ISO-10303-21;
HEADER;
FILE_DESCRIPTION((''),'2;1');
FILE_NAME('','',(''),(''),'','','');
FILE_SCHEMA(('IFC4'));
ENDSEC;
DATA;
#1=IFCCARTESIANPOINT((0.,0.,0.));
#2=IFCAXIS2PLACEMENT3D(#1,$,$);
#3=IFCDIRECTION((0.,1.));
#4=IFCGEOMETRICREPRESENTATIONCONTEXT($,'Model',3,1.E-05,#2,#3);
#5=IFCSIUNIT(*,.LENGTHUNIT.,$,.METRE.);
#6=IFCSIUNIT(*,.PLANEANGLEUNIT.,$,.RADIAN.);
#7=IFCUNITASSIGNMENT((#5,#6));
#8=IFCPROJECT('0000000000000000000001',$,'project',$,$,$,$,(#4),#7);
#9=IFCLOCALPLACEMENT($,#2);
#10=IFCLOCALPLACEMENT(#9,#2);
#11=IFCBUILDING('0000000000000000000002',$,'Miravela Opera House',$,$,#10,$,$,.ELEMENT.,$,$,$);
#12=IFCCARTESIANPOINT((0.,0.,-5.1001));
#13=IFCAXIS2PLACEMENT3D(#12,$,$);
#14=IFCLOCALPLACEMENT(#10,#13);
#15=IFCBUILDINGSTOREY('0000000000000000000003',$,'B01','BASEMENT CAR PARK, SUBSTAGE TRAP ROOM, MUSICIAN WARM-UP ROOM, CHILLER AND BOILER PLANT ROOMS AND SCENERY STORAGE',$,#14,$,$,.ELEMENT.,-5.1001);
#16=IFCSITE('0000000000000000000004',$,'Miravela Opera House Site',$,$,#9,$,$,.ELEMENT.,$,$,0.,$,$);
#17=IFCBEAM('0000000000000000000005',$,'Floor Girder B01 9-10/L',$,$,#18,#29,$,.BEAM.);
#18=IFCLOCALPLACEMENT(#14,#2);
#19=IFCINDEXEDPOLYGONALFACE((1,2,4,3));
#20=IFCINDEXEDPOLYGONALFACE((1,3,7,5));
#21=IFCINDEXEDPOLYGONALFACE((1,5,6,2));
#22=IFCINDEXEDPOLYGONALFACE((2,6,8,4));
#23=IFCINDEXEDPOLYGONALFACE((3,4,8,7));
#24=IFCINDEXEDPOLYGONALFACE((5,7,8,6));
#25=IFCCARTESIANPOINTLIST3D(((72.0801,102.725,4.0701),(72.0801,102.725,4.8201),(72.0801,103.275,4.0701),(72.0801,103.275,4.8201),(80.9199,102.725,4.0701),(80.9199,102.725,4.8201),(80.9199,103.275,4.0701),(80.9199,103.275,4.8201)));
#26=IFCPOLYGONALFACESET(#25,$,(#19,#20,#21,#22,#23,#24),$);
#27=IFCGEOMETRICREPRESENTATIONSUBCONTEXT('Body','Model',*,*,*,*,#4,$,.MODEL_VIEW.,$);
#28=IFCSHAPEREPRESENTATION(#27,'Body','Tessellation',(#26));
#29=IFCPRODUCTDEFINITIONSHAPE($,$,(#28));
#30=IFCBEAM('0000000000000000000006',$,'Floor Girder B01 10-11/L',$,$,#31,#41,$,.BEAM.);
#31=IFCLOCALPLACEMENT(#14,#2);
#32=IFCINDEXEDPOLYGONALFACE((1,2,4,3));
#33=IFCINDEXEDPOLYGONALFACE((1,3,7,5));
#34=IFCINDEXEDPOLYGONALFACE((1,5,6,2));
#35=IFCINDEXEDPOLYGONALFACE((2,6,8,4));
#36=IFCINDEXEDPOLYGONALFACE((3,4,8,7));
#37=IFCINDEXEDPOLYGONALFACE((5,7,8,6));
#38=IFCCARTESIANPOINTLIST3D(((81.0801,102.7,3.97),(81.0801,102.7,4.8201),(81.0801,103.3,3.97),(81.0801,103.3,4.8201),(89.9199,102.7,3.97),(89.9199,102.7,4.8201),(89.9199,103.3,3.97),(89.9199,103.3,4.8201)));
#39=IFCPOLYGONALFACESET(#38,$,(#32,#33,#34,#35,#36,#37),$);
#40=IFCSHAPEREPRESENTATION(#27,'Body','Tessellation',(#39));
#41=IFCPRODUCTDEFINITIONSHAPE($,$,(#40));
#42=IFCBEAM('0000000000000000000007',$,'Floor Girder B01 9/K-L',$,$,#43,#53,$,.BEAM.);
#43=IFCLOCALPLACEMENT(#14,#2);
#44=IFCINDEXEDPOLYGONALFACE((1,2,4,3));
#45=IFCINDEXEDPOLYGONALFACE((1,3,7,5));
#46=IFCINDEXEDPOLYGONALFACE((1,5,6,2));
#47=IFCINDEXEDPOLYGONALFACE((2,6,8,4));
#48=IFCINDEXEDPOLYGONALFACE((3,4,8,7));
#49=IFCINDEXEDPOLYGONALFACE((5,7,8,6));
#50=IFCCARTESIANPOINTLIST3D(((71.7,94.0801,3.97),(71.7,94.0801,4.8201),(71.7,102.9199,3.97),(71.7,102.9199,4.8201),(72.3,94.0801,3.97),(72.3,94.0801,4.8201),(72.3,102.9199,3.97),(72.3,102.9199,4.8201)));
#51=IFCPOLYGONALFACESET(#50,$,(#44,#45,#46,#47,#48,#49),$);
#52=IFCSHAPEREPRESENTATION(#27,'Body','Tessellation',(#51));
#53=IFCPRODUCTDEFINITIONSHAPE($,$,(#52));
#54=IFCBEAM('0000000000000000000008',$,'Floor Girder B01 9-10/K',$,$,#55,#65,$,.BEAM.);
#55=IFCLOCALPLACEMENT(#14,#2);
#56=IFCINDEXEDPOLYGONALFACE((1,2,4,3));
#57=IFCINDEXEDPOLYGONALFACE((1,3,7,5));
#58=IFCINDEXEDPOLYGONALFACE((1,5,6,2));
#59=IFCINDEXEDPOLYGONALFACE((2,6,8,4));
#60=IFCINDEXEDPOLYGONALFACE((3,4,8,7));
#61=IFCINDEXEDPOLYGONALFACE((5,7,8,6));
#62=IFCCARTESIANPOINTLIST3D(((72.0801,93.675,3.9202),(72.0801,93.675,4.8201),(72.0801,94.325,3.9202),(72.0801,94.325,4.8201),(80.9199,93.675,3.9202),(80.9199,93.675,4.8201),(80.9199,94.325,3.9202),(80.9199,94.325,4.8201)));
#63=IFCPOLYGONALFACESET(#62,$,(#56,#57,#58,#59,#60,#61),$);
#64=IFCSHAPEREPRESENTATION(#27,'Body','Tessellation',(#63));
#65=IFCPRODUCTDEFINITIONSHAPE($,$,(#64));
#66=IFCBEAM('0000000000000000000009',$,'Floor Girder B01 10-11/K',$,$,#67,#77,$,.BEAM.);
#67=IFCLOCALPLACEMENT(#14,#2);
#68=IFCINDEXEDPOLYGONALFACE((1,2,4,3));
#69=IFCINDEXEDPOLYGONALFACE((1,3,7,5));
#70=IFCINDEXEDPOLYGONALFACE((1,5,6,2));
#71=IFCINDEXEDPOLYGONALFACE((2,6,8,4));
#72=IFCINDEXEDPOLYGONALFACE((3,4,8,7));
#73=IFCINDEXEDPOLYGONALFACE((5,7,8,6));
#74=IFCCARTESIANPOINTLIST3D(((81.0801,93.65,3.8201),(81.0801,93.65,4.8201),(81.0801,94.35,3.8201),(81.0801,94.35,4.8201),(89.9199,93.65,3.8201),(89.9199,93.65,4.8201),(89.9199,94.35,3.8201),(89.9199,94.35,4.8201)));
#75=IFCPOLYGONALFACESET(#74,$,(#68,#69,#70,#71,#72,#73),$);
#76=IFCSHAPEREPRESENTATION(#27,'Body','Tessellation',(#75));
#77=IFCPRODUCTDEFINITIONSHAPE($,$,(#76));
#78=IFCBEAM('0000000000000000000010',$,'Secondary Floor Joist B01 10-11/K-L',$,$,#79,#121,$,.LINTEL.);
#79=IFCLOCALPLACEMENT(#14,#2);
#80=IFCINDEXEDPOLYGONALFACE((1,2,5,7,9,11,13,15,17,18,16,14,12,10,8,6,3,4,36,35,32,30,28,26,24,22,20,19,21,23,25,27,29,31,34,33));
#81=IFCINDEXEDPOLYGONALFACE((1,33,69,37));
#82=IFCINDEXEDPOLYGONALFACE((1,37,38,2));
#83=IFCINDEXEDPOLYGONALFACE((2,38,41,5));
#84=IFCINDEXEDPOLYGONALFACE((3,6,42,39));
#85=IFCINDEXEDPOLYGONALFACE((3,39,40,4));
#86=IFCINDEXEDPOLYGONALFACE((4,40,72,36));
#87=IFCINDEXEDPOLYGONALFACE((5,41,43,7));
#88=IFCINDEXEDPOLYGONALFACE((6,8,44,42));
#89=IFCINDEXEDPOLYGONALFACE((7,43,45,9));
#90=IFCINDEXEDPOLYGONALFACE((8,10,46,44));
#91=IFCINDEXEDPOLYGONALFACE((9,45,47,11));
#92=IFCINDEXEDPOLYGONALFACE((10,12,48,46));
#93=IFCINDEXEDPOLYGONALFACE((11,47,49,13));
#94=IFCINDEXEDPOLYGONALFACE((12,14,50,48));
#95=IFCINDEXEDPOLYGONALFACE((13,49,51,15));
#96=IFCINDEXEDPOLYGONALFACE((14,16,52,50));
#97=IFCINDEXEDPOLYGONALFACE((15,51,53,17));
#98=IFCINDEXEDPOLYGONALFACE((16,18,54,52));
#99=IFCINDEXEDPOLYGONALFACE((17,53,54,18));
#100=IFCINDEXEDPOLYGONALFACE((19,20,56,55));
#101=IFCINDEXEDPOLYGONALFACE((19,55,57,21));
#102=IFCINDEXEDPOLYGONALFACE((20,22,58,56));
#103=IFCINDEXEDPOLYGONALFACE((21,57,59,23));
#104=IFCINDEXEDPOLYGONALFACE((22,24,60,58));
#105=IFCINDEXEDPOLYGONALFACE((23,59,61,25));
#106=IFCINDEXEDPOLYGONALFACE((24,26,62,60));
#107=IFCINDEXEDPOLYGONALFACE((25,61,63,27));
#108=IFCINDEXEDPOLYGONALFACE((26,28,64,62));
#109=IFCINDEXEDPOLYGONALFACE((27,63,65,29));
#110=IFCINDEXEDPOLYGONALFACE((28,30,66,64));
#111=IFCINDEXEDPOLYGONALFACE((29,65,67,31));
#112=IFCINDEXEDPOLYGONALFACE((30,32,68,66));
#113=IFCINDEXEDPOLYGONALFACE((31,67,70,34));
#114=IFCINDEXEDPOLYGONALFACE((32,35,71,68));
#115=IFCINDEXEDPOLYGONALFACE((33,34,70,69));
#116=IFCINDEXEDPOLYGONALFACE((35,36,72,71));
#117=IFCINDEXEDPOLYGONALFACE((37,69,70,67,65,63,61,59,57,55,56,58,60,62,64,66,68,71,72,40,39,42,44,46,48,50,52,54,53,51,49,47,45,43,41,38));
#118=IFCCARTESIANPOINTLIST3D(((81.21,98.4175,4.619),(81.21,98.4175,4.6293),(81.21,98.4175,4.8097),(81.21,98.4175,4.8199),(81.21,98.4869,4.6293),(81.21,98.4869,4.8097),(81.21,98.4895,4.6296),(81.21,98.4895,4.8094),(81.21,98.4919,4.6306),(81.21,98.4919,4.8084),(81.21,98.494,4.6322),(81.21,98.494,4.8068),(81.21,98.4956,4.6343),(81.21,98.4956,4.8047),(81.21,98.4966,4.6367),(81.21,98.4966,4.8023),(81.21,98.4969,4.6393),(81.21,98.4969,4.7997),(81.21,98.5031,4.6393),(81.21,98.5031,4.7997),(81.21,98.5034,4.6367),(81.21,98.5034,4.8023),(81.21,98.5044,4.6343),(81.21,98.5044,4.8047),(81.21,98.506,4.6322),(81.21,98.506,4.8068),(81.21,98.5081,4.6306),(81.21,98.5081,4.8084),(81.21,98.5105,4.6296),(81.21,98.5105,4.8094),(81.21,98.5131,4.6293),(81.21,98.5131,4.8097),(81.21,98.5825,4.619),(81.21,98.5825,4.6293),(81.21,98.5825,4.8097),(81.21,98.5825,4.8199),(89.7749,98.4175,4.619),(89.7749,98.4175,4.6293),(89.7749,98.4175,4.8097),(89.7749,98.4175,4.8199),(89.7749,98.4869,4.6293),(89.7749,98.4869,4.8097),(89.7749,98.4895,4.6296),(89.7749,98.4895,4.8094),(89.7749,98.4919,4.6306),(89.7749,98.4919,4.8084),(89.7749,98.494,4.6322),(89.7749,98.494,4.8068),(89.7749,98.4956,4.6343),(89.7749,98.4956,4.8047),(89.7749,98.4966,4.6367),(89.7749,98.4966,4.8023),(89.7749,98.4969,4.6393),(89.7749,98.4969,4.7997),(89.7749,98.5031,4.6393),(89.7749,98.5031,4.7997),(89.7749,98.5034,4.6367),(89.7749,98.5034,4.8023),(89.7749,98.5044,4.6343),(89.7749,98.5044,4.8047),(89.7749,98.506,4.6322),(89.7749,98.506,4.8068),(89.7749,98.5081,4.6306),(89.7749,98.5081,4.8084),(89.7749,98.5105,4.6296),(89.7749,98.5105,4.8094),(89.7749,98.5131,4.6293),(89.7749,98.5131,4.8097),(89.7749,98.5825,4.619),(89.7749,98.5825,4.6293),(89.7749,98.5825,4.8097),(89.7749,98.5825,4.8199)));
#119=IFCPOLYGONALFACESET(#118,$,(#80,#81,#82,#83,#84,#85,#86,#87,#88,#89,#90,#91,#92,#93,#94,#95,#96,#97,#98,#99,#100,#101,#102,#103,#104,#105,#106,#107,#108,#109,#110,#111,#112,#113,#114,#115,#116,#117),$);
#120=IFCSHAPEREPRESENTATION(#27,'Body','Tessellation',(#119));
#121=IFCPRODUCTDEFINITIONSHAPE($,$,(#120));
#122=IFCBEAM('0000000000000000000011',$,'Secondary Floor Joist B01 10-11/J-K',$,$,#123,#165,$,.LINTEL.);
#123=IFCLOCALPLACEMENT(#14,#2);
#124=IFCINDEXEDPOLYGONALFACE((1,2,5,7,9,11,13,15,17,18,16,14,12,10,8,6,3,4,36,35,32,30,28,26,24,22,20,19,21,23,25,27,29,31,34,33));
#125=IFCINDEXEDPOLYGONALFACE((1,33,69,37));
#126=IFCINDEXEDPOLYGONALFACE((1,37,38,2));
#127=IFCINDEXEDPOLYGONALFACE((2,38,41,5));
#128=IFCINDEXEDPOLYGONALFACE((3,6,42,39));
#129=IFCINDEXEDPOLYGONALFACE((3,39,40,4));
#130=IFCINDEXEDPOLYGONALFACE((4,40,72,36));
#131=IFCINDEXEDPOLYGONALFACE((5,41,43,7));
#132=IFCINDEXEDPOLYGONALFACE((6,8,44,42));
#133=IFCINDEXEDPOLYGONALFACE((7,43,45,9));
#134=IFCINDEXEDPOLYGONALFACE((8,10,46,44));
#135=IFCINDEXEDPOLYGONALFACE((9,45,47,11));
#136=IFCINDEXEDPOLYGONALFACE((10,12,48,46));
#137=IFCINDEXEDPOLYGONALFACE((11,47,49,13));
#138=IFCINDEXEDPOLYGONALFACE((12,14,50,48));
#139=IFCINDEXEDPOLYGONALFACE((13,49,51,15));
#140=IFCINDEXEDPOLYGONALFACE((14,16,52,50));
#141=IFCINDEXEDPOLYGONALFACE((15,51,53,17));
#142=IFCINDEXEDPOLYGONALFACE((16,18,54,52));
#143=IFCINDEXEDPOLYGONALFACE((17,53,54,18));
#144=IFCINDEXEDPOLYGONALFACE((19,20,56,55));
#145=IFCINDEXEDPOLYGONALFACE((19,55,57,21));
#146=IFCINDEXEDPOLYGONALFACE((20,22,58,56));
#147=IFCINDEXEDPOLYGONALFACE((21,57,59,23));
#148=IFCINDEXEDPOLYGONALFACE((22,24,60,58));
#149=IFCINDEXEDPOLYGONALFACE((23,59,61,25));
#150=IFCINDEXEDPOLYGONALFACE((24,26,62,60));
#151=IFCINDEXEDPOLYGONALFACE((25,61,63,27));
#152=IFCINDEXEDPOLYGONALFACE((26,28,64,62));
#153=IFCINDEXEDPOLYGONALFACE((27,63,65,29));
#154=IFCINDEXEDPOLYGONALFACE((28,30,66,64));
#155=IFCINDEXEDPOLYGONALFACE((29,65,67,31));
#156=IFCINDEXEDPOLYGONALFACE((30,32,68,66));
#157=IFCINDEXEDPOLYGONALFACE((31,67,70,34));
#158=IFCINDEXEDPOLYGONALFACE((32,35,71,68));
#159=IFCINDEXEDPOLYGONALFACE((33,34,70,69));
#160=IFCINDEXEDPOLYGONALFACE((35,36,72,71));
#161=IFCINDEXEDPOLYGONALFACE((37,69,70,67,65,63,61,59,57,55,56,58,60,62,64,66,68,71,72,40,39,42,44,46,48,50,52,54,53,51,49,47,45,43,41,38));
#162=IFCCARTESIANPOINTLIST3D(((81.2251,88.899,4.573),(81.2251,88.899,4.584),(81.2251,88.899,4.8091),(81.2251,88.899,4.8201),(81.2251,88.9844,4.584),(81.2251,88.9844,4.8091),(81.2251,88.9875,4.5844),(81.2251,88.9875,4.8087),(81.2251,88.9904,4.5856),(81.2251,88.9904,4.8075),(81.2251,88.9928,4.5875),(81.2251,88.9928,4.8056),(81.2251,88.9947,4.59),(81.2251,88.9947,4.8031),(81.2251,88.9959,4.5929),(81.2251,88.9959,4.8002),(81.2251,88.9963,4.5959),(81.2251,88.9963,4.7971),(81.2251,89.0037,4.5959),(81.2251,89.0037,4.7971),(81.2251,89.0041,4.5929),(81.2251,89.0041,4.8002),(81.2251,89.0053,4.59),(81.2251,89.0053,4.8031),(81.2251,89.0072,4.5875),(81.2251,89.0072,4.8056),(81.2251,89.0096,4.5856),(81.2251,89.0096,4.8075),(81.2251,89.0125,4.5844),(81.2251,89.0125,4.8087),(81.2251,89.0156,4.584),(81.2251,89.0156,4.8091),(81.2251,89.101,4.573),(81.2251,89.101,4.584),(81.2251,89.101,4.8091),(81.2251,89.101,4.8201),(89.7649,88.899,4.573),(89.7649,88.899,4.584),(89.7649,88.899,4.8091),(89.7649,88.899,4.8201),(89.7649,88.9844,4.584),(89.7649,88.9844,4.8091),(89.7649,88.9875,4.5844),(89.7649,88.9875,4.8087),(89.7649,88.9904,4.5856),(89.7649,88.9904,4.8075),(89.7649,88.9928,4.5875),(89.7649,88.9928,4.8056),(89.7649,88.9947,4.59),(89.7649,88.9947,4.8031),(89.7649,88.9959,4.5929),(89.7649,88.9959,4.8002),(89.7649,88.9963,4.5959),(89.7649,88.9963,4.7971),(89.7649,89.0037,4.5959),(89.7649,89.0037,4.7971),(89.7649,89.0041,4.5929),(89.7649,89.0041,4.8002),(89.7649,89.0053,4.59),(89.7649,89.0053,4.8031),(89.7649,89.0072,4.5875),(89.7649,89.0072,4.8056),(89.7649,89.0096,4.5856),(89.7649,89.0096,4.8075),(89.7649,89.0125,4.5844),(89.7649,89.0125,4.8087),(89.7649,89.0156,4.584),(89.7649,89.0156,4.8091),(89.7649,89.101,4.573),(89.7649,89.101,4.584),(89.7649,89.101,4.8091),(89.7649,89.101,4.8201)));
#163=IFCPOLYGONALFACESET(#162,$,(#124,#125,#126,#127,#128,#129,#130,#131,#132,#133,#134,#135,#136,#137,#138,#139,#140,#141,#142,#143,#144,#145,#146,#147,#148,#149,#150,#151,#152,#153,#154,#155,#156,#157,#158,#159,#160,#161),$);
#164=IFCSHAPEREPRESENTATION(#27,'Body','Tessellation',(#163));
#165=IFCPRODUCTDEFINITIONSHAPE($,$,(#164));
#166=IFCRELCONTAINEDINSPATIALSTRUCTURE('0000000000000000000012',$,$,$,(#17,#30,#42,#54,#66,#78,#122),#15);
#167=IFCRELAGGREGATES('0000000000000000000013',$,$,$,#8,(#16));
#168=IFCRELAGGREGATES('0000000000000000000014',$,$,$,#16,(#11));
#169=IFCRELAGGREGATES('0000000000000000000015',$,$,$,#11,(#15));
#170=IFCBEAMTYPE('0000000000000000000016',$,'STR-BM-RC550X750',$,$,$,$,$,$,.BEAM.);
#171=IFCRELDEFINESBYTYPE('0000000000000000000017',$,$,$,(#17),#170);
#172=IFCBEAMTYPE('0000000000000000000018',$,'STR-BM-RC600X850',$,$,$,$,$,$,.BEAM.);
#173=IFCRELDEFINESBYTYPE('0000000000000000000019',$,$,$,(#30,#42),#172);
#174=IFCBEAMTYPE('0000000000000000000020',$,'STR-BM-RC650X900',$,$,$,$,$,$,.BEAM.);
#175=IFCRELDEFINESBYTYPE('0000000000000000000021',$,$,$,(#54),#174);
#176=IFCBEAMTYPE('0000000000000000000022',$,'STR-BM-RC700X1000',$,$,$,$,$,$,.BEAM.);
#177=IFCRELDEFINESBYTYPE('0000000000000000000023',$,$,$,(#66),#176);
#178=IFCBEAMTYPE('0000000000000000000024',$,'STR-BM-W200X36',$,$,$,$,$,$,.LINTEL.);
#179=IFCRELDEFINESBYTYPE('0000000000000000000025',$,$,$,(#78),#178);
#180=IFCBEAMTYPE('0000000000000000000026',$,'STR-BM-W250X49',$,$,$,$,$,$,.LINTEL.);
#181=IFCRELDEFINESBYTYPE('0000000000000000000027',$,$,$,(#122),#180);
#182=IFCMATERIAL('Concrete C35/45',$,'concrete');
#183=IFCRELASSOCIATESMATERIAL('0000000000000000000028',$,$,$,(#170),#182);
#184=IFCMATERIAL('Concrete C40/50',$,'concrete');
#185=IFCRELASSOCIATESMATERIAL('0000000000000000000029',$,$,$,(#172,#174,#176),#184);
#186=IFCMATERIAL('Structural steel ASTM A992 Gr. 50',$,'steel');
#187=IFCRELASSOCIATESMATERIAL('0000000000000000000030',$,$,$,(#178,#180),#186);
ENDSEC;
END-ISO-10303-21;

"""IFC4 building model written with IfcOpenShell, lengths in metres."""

from ifc_helpers import new_model, si_unit, direction, frame, origin, origin_2d, place, context, subcontext, project, spatial, rectangle, i_section, extrude, material, material_profile, profile_set, type_object, element, save


model = new_model("IFC4")

# Units and contexts
model_context = context("Model", 3, precision=1e-05, world=origin(), true_north=direction((0.0, 1.0)))
body_context = subcontext(model_context, "Body", "Model", "MODEL_VIEW")
ifc_project = project(units=[si_unit("LENGTHUNIT", "METRE"), si_unit("PLANEANGLEUNIT", "RADIAN")], contexts=[model_context])

# Site, building, storey
site_placement = place(None, origin())
site = spatial("IfcSite", under=ifc_project, at=site_placement, Name="Miravela Opera House Site", CompositionType="ELEMENT", RefElevation=0.0)
building_placement = place(site_placement, origin())
building = spatial("IfcBuilding", under=site, at=building_placement, Name="Miravela Opera House", CompositionType="ELEMENT")
storey_placement = place(building_placement, frame((0.0, 0.0, -5.1001)))
storey = spatial("IfcBuildingStorey", under=building, at=storey_placement, Name="B01", Description="BASEMENT CAR PARK, SUBSTAGE TRAP ROOM, MUSICIAN WARM-UP ROOM, CHILLER AND BOILER PLANT ROOMS AND SCENERY STORAGE", CompositionType="ELEMENT", Elevation=-5.1001)

# Shared definitions
ifc_material_1 = material(Name="Concrete C35/45", Category="concrete")

# Shared definitions
ifc_material_2 = material(Name="Concrete C40/50", Category="concrete")

# Beams
ifc_material_profile_1 = material_profile(ifc_material_1, rectangle(XDim=0.55, YDim=0.75, at=origin_2d()), Name="RC-BM-550X750")
ifc_profile_set_1 = profile_set([ifc_material_profile_1])
beam_type_1 = type_object("IfcBeamType", Name="STR-BM-RC550X750", PredefinedType="BEAM", material=ifc_profile_set_1)
beam_1_placement = place(storey_placement, frame((72.0801, 103.0, 4.4451), z_axis=(1.0, 0.0, 0.0), x_axis=(0.0, 1.0, 0.0)))
element("IfcBeam", 1, at=beam_1_placement, inside=storey, type_object=beam_type_1, Name="Floor Girder B01 9-10/L", PredefinedType="BEAM", context=body_context, shape_type="SweptSolid", body=[
    extrude(rectangle(XDim=0.55, YDim=0.75, at=origin_2d()), origin(), (0.0, 0.0, 1.0), 8.8398),
])
ifc_material_profile_2 = material_profile(ifc_material_2, rectangle(XDim=0.6001, YDim=0.8501, at=origin_2d()), Name="RC-BM-600X850")
ifc_profile_set_2 = profile_set([ifc_material_profile_2])
beam_type_2 = type_object("IfcBeamType", Name="STR-BM-RC600X850", PredefinedType="BEAM", material=ifc_profile_set_2)
for number, where, z_axis, x_axis, name in (
    (2, (81.0801, 103.0, 4.395), (1.0, 0.0, 0.0), (0.0, 1.0, 0.0), "Floor Girder B01 10-11/L"),
    (3, (72.0, 94.0801, 4.395), (0.0, 1.0, 0.0), (-1.0, 0.0, 0.0), "Floor Girder B01 9/K-L"),
):
    element("IfcBeam", number, at=place(storey_placement, frame(where, z_axis=z_axis, x_axis=x_axis)), inside=storey, type_object=beam_type_2, Name=name, PredefinedType="BEAM", context=body_context, shape_type="SweptSolid", body=[
        extrude(rectangle(XDim=0.6001, YDim=0.8501, at=origin_2d()), origin(), (0.0, 0.0, 1.0), 8.8398),
    ])
ifc_material_profile_3 = material_profile(ifc_material_2, rectangle(XDim=0.6499, YDim=0.8999, at=origin_2d()), Name="RC-BM-650X900")
ifc_profile_set_3 = profile_set([ifc_material_profile_3])
beam_type_3 = type_object("IfcBeamType", Name="STR-BM-RC650X900", PredefinedType="BEAM", material=ifc_profile_set_3)
beam_2_placement = place(storey_placement, frame((72.0801, 94.0, 4.3701), z_axis=(1.0, 0.0, 0.0), x_axis=(0.0, 1.0, 0.0)))
element("IfcBeam", 4, at=beam_2_placement, inside=storey, type_object=beam_type_3, Name="Floor Girder B01 9-10/K", PredefinedType="BEAM", context=body_context, shape_type="SweptSolid", body=[
    extrude(rectangle(XDim=0.6499, YDim=0.8999, at=origin_2d()), origin(), (0.0, 0.0, 1.0), 8.8398),
])
ifc_material_profile_4 = material_profile(ifc_material_2, rectangle(XDim=0.7, YDim=1.0, at=origin_2d()), Name="RC-BM-700X1000")
ifc_profile_set_4 = profile_set([ifc_material_profile_4])
beam_type_4 = type_object("IfcBeamType", Name="STR-BM-RC700X1000", PredefinedType="BEAM", material=ifc_profile_set_4)
beam_3_placement = place(storey_placement, frame((81.0801, 94.0, 4.3201), z_axis=(1.0, 0.0, 0.0), x_axis=(0.0, 1.0, 0.0)))
element("IfcBeam", 5, at=beam_3_placement, inside=storey, type_object=beam_type_4, Name="Floor Girder B01 10-11/K", PredefinedType="BEAM", context=body_context, shape_type="SweptSolid", body=[
    extrude(rectangle(XDim=0.7, YDim=1.0, at=origin_2d()), origin(), (0.0, 0.0, 1.0), 8.8398),
])
ifc_material_3 = material(Name="Structural steel ASTM A992 Gr. 50", Category="steel")
ifc_material_profile_5 = material_profile(ifc_material_3, i_section(OverallWidth=0.165, OverallDepth=0.2009, WebThickness=0.0061, FlangeThickness=0.0103, FilletRadius=0.01, at=origin_2d()), Name="W200X36")
ifc_profile_set_5 = profile_set([ifc_material_profile_5])
beam_type_5 = type_object("IfcBeamType", Name="STR-BM-W200X36", PredefinedType="LINTEL", material=ifc_profile_set_5)
beam_4_placement = place(storey_placement, frame((81.21, 98.5, 4.7195), z_axis=(1.0, 0.0, 0.0), x_axis=(0.0, 1.0, 0.0)))
element("IfcBeam", 6, at=beam_4_placement, inside=storey, type_object=beam_type_5, Name="Secondary Floor Joist B01 10-11/K-L", PredefinedType="LINTEL", context=body_context, shape_type="SweptSolid", body=[
    extrude(i_section(OverallWidth=0.165, OverallDepth=0.2009, WebThickness=0.0061, FlangeThickness=0.0103, FilletRadius=0.01, at=origin_2d()), origin(), (0.0, 0.0, 1.0), 8.5649),
])
ifc_material_profile_6 = material_profile(ifc_material_3, i_section(OverallWidth=0.2019, OverallDepth=0.2471, WebThickness=0.0073, FlangeThickness=0.011, FilletRadius=0.012, at=origin_2d()), Name="W250X49")
ifc_profile_set_6 = profile_set([ifc_material_profile_6])
beam_type_6 = type_object("IfcBeamType", Name="STR-BM-W250X49", PredefinedType="LINTEL", material=ifc_profile_set_6)
beam_5_placement = place(storey_placement, frame((81.2251, 89.0, 4.6965), z_axis=(1.0, 0.0, 0.0), x_axis=(0.0, 1.0, 0.0)))
element("IfcBeam", 7, at=beam_5_placement, inside=storey, type_object=beam_type_6, Name="Secondary Floor Joist B01 10-11/J-K", PredefinedType="LINTEL", context=body_context, shape_type="SweptSolid", body=[
    extrude(i_section(OverallWidth=0.2019, OverallDepth=0.2471, WebThickness=0.0073, FlangeThickness=0.011, FilletRadius=0.012, at=origin_2d()), origin(), (0.0, 0.0, 1.0), 8.5398),
])

save(model, "model.ifc")
